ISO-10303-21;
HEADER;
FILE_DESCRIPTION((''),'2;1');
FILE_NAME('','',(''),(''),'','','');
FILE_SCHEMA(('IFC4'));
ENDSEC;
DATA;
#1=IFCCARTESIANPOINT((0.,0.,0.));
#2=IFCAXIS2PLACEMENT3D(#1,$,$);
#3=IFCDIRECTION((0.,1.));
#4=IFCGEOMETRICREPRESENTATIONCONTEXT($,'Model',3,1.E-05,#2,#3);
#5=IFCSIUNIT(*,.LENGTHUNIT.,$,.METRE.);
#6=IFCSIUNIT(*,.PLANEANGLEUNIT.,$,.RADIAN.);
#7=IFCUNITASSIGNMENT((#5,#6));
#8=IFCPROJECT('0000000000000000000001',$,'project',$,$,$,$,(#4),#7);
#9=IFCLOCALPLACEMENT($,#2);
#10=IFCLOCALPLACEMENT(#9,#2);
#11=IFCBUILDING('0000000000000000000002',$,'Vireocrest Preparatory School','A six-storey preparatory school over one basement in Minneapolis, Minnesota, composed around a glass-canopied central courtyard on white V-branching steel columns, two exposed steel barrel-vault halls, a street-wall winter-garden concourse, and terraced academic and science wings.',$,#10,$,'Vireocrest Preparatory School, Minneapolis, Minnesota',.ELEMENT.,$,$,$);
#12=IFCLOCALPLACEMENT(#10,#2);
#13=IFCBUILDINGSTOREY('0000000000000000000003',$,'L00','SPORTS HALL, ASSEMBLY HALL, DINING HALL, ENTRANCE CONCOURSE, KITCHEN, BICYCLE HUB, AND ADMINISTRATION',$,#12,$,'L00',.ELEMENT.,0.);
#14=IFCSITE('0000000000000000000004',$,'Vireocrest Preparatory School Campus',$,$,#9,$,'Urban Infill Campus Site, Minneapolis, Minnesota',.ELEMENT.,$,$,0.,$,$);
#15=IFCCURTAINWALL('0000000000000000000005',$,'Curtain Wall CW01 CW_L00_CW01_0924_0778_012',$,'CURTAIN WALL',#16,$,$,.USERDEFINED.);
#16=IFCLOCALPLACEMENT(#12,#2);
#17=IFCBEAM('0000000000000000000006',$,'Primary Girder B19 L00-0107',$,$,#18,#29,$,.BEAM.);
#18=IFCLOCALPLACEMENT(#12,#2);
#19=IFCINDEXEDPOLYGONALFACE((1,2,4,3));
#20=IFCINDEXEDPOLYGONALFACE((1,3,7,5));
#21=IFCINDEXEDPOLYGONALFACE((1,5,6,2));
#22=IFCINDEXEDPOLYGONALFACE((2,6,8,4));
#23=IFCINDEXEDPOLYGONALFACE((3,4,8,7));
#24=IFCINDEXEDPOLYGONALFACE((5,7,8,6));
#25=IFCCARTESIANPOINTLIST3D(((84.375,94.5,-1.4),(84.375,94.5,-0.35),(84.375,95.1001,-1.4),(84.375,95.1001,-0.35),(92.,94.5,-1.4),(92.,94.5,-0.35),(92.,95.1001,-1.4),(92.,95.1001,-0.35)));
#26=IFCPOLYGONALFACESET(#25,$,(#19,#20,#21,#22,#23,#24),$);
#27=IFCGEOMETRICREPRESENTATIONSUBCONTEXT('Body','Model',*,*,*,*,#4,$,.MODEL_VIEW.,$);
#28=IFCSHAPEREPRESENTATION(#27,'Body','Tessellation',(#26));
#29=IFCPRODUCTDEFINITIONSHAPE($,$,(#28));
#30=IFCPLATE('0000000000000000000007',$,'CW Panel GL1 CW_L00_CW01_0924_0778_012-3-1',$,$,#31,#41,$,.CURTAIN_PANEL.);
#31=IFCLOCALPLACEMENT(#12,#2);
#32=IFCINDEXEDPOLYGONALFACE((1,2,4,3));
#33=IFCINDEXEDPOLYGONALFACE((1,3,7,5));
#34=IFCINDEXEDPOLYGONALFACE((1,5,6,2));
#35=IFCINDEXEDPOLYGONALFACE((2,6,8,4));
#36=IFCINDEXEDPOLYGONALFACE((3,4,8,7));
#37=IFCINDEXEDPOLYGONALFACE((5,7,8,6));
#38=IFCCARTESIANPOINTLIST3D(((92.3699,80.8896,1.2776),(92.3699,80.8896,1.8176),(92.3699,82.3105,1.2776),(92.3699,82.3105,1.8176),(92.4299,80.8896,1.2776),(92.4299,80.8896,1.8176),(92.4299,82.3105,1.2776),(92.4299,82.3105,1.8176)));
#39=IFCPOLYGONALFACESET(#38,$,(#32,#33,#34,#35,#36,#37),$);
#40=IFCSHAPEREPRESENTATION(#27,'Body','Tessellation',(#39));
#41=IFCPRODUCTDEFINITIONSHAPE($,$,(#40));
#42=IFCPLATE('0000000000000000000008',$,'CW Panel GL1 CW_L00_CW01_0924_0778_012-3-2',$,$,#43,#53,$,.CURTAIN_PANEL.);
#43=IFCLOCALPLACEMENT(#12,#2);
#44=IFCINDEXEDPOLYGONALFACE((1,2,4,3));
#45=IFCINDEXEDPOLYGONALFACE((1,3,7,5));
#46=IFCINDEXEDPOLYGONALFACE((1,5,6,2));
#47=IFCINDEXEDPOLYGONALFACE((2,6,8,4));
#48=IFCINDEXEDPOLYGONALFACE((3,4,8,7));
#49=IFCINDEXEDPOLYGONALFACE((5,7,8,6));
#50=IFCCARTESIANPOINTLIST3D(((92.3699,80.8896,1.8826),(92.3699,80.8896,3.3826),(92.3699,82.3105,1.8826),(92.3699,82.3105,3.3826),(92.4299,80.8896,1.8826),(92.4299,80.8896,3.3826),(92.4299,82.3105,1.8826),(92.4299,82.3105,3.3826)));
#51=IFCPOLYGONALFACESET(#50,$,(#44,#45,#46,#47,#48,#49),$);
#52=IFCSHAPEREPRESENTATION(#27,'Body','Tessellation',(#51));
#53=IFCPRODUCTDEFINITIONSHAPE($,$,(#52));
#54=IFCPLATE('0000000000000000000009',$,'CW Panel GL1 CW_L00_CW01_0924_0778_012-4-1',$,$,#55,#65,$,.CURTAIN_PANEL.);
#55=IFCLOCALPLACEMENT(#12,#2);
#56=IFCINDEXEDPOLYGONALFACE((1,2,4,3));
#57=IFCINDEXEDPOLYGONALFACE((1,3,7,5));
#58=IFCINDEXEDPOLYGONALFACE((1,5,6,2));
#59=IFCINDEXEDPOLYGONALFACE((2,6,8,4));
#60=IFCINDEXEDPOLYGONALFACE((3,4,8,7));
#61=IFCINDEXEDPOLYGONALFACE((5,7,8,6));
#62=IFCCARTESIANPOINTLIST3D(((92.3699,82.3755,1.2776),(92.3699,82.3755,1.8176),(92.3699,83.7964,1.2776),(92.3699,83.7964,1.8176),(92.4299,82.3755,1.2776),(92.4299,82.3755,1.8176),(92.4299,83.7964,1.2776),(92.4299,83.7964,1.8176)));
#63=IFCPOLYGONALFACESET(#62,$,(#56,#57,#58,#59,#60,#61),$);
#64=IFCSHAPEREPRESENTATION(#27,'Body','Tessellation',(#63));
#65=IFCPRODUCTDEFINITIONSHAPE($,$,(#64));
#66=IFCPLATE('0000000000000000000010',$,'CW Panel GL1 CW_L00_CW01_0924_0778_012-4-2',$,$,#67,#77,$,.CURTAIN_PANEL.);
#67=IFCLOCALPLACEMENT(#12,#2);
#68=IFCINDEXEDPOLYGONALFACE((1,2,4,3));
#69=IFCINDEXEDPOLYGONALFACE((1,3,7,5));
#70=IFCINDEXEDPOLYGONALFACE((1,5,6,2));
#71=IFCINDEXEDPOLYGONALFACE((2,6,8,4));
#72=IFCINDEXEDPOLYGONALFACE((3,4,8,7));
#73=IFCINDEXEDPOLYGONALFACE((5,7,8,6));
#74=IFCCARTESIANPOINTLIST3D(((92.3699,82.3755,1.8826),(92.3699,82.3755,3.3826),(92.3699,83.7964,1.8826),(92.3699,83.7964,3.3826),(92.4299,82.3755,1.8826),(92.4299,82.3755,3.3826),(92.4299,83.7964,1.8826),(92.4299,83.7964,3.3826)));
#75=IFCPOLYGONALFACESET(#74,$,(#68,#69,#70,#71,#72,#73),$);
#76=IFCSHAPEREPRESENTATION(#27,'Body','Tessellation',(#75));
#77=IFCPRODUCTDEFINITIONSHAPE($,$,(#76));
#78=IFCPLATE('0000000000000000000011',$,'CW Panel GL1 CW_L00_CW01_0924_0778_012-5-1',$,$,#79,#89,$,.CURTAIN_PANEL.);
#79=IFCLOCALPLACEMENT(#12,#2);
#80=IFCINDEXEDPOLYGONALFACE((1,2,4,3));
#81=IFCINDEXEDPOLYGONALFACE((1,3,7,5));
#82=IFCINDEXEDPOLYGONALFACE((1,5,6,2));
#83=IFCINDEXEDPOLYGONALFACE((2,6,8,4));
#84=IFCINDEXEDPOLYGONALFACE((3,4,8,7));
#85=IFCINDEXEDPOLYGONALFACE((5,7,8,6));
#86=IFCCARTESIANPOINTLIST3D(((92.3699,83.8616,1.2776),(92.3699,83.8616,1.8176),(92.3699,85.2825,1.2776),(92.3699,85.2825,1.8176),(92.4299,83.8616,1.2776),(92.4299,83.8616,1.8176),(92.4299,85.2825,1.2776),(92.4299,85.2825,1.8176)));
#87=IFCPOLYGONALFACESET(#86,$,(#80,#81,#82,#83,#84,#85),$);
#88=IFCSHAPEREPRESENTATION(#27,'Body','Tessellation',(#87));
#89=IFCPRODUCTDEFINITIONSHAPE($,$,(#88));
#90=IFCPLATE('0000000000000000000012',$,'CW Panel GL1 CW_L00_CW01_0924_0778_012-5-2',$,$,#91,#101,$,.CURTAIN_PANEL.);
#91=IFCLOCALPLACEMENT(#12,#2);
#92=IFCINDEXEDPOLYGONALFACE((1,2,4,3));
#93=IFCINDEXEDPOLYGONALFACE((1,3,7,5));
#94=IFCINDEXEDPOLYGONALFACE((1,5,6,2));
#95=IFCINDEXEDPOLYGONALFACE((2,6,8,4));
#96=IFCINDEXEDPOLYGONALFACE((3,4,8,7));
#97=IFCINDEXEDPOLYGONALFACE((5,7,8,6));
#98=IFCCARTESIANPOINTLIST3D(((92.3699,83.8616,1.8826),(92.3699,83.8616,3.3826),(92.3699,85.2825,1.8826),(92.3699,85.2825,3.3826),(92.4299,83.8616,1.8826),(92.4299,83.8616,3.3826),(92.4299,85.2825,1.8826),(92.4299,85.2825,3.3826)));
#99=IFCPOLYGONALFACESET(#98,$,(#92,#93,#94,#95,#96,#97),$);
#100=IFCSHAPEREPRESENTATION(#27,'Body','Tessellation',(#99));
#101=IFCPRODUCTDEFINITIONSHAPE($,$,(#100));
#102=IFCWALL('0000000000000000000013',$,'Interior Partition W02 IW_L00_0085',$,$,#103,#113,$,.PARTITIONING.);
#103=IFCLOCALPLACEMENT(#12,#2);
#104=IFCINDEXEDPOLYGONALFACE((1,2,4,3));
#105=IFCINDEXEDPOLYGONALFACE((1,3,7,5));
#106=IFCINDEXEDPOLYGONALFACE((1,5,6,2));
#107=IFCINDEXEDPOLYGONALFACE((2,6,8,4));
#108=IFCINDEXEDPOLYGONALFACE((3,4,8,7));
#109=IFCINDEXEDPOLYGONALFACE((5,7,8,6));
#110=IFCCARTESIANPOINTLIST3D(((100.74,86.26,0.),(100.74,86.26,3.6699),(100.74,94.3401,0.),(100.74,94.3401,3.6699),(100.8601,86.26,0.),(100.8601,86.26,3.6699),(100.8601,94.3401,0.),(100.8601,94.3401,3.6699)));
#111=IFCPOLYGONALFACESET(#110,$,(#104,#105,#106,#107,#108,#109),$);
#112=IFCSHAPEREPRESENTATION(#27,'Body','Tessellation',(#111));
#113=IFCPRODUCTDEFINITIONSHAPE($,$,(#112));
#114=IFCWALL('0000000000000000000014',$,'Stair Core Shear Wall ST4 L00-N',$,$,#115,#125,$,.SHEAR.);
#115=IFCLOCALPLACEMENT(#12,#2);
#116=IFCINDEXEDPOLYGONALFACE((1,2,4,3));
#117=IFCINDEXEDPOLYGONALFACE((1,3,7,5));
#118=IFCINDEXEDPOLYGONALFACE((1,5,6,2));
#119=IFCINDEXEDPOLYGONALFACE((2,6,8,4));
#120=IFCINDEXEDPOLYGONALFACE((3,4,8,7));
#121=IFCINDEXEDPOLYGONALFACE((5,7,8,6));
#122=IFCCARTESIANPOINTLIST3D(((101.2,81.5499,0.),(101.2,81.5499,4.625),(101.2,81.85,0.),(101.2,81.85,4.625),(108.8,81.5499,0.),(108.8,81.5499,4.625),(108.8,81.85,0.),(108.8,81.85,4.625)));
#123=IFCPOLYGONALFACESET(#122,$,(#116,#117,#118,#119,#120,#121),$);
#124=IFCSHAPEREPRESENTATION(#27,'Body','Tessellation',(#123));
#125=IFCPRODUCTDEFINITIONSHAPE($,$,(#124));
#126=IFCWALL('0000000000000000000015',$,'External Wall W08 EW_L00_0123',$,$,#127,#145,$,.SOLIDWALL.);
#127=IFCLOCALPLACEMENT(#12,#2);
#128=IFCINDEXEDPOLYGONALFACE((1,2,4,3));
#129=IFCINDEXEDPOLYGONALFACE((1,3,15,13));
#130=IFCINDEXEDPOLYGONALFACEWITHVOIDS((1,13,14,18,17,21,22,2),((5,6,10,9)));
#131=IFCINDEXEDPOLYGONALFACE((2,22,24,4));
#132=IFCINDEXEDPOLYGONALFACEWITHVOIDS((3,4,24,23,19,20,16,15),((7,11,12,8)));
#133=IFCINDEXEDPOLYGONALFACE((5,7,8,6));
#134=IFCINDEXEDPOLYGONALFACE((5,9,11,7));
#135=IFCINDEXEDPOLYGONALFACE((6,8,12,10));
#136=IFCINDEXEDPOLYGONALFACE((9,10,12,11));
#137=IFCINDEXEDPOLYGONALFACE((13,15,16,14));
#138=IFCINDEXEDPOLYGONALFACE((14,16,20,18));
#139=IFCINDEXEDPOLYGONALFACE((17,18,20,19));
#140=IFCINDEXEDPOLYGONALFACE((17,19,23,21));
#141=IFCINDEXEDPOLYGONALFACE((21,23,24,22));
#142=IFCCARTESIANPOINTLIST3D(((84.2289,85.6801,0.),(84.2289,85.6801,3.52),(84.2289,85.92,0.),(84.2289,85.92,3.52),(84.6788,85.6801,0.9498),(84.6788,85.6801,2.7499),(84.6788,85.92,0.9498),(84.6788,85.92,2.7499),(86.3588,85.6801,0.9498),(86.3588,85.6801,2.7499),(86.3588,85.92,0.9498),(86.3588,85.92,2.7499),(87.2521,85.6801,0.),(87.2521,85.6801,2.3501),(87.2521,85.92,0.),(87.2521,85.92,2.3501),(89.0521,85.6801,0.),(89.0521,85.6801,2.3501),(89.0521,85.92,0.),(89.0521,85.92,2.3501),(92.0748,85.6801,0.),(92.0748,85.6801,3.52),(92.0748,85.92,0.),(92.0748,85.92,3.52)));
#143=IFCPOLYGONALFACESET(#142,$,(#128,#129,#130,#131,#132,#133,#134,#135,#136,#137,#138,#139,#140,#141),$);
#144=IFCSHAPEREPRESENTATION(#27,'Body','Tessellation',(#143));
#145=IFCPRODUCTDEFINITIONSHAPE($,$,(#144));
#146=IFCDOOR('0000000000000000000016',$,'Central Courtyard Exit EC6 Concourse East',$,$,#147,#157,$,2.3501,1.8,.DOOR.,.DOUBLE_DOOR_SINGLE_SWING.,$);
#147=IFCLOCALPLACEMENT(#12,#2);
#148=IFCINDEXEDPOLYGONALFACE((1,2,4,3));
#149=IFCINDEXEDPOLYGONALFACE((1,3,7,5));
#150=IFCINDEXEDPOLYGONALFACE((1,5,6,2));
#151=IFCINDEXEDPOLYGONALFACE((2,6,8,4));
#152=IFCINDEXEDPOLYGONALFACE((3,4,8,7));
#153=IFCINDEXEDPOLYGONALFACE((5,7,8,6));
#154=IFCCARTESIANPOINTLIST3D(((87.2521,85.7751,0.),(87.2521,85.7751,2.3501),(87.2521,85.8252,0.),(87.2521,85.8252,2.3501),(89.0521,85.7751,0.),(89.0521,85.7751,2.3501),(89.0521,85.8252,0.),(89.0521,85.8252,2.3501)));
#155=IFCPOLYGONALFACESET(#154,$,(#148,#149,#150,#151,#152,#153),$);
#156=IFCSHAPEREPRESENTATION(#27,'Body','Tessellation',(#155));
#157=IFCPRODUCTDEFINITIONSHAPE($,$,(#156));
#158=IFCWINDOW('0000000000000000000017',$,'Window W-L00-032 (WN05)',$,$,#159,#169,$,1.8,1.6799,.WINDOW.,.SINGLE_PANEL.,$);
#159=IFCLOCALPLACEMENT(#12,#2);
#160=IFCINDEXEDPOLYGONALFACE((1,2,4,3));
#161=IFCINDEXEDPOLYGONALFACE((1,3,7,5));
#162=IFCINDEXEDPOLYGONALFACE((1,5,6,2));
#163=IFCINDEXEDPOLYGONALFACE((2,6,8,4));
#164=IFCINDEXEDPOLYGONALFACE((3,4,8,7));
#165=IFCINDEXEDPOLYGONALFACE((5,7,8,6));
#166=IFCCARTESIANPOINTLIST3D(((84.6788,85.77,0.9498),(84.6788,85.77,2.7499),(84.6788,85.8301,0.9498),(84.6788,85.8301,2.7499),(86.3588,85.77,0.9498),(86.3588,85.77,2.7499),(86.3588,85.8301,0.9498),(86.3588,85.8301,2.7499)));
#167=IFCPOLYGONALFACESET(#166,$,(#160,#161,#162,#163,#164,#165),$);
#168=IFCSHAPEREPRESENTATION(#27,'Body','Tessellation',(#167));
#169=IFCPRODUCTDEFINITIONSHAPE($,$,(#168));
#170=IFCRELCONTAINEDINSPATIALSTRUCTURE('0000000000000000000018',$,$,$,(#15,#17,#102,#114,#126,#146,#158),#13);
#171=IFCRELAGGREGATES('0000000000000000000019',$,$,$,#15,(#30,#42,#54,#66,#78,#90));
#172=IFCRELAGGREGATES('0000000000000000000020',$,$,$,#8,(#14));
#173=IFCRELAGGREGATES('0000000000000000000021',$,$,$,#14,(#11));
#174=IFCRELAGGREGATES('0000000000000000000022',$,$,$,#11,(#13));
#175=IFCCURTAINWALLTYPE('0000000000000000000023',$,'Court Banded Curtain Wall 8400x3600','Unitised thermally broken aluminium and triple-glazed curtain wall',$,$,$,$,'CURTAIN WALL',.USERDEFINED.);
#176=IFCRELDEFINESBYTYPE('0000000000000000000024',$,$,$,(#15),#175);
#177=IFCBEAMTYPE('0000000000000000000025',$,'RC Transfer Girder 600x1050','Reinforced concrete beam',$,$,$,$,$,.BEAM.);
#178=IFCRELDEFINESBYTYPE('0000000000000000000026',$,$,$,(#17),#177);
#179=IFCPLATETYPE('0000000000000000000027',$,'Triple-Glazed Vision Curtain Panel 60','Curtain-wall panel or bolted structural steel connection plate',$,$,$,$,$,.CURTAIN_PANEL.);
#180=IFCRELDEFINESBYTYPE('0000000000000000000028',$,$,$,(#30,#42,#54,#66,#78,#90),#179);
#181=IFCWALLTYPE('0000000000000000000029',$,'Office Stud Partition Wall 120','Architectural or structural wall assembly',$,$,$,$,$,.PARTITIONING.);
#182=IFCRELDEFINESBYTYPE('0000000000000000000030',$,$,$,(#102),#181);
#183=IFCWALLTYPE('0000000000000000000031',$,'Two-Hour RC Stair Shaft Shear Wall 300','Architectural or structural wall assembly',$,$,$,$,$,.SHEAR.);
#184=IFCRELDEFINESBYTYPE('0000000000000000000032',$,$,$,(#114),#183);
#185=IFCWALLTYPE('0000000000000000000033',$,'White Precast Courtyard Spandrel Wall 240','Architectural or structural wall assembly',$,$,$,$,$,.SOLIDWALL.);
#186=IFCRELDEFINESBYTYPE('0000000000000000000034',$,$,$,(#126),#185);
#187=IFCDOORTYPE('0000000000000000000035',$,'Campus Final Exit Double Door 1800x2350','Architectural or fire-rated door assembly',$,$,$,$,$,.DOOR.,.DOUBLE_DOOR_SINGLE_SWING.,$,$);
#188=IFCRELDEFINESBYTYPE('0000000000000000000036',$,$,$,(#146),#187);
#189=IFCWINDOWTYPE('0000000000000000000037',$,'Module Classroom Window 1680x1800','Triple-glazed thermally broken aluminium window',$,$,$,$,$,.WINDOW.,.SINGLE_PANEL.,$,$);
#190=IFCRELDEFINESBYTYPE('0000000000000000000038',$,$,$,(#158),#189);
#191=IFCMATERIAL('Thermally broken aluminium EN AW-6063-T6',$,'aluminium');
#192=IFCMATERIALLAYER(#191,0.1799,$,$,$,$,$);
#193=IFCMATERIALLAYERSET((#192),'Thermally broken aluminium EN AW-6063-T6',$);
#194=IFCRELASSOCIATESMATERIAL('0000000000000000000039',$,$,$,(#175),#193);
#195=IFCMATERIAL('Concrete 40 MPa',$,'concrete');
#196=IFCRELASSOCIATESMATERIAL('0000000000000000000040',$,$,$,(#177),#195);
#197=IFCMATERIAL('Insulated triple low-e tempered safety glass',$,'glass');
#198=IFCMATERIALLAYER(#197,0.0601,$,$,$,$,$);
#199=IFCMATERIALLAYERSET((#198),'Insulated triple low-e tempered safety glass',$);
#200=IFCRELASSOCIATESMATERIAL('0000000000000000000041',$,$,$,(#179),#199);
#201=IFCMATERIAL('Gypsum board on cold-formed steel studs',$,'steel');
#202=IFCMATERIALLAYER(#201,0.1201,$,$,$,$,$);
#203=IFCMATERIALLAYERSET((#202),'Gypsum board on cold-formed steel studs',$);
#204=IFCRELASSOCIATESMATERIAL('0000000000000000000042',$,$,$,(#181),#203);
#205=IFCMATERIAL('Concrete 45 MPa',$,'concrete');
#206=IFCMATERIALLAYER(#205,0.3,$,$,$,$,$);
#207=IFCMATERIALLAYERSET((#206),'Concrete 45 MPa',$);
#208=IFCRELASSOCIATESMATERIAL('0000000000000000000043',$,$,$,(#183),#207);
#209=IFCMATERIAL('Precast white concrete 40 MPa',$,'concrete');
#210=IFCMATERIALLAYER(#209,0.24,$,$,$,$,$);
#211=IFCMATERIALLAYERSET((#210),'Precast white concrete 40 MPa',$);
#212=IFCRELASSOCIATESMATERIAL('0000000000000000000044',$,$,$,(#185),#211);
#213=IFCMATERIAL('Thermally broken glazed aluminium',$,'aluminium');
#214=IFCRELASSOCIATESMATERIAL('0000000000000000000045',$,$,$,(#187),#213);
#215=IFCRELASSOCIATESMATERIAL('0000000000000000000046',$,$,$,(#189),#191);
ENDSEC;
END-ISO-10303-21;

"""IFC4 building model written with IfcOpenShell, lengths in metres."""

from ifc_helpers import new_model, si_unit, direction, frame, frame_2d, origin, origin_2d, place, context, subcontext, project, spatial, rectangle, extrude, material, layer, layer_set, material_profile, profile_set, type_object, element, fill, aggregate, save


model = new_model("IFC4")

# Units and contexts
model_context = context("Model", 3, precision=1e-05, world=origin(), true_north=direction((0.0, 1.0)))
body_context = subcontext(model_context, "Body", "Model", "MODEL_VIEW")
ifc_project = project(units=[si_unit("LENGTHUNIT", "METRE"), si_unit("PLANEANGLEUNIT", "RADIAN")], contexts=[model_context])

# Site, building, storey
site_placement = place(None, origin())
site = spatial("IfcSite", under=ifc_project, at=site_placement, Name="Vireocrest Preparatory School Campus", LongName="Urban Infill Campus Site, Minneapolis, Minnesota", CompositionType="ELEMENT", RefElevation=0.0)
building_placement = place(site_placement, origin())
building = spatial("IfcBuilding", under=site, at=building_placement, Name="Vireocrest Preparatory School", Description="A six-storey preparatory school over one basement in Minneapolis, Minnesota, composed around a glass-canopied central courtyard on white V-branching steel columns, two exposed steel barrel-vault halls, a street-wall winter-garden concourse, and terraced academic and science wings.", LongName="Vireocrest Preparatory School, Minneapolis, Minnesota", CompositionType="ELEMENT")
storey_placement = place(building_placement, origin())
storey = spatial("IfcBuildingStorey", under=building, at=storey_placement, Name="L00", Description="SPORTS HALL, ASSEMBLY HALL, DINING HALL, ENTRANCE CONCOURSE, KITCHEN, BICYCLE HUB, AND ADMINISTRATION", LongName="L00", CompositionType="ELEMENT", Elevation=0.0)

# Shared definitions
ifc_material_1 = material(Name="Concrete 45 MPa", Category="concrete")

# Curtain wall
ifc_material_2 = material(Name="Thermally broken aluminium EN AW-6063-T6", Category="aluminium")
ifc_layer_1 = layer(ifc_material_2, 0.1799)
ifc_layer_set_1 = layer_set([ifc_layer_1], Name="Thermally broken aluminium EN AW-6063-T6")
curtain_wall_type = type_object("IfcCurtainWallType", Name="Court Banded Curtain Wall 8400x3600", Description="Unitised thermally broken aluminium and triple-glazed curtain wall", ElementType="CURTAIN WALL", PredefinedType="USERDEFINED", material=ifc_layer_set_1)
curtain_wall_placement = place(storey_placement, origin())
curtain_wall = element("IfcCurtainWall", 1, at=curtain_wall_placement, inside=storey, type_object=curtain_wall_type, Name="Curtain Wall CW01 CW_L00_CW01_0924_0778_012", ObjectType="CURTAIN WALL", PredefinedType="USERDEFINED")

# Beam
ifc_material_3 = material(Name="Concrete 40 MPa", Category="concrete")
ifc_material_profile_1 = material_profile(ifc_material_3, rectangle(XDim=0.6001, YDim=1.05, at=origin_2d()), Name="RC 600x1050")
ifc_profile_set_1 = profile_set([ifc_material_profile_1], Name="Concrete 40 MPa")
beam_type_1 = type_object("IfcBeamType", Name="RC Transfer Girder 600x1050", Description="Reinforced concrete beam", PredefinedType="BEAM", material=ifc_profile_set_1)
beam_1_placement = place(storey_placement, frame((84.375, 94.8, -0.875), z_axis=(1.0, 0.0, 0.0), x_axis=(0.0, 1.0, 0.0)))
element("IfcBeam", 2, at=beam_1_placement, inside=storey, type_object=beam_type_1, Name="Primary Girder B19 L00-0107", PredefinedType="BEAM", context=body_context, shape_type="SweptSolid", body=[
    extrude(rectangle(XDim=0.6001, YDim=1.05, at=origin_2d()), origin(), (0.0, 0.0, 1.0), 7.625),
])

# Plates
ifc_material_4 = material(Name="Insulated triple low-e tempered safety glass", Category="glass")
ifc_layer_2 = layer(ifc_material_4, 0.0601)
ifc_layer_set_2 = layer_set([ifc_layer_2], Name="Insulated triple low-e tempered safety glass")
plate_type = type_object("IfcPlateType", Name="Triple-Glazed Vision Curtain Panel 60", Description="Curtain-wall panel or bolted structural steel connection plate", PredefinedType="CURTAIN_PANEL", material=ifc_layer_set_2)
plate_1_placement = place(storey_placement, frame((92.3999, 81.6001, 1.2776), z_axis=(0.0, 0.0, 1.0), x_axis=(0.0, 1.0, 0.0)))
plate_1 = element("IfcPlate", 3, at=plate_1_placement, type_object=plate_type, Name="CW Panel GL1 CW_L00_CW01_0924_0778_012-3-1", PredefinedType="CURTAIN_PANEL", context=body_context, shape_type="SweptSolid", body=[
    extrude(rectangle(XDim=1.4209, YDim=0.0601, at=origin_2d()), origin(), (0.0, 0.0, 1.0), 0.54),
])
plate_2_placement = place(storey_placement, frame((92.3999, 81.6001, 1.8826), z_axis=(0.0, 0.0, 1.0), x_axis=(0.0, 1.0, 0.0)))
plate_2 = element("IfcPlate", 4, at=plate_2_placement, type_object=plate_type, Name="CW Panel GL1 CW_L00_CW01_0924_0778_012-3-2", PredefinedType="CURTAIN_PANEL", context=body_context, shape_type="SweptSolid", body=[
    extrude(rectangle(XDim=1.4209, YDim=0.0601, at=origin_2d()), origin(), (0.0, 0.0, 1.0), 1.5),
])
plate_3_placement = place(storey_placement, frame((92.3999, 83.0859, 1.2776), z_axis=(0.0, 0.0, 1.0), x_axis=(0.0, 1.0, 0.0)))
plate_3 = element("IfcPlate", 5, at=plate_3_placement, type_object=plate_type, Name="CW Panel GL1 CW_L00_CW01_0924_0778_012-4-1", PredefinedType="CURTAIN_PANEL", context=body_context, shape_type="SweptSolid", body=[
    extrude(rectangle(XDim=1.4209, YDim=0.0601, at=origin_2d()), origin(), (0.0, 0.0, 1.0), 0.54),
])
plate_4_placement = place(storey_placement, frame((92.3999, 83.0859, 1.8826), z_axis=(0.0, 0.0, 1.0), x_axis=(0.0, 1.0, 0.0)))
plate_4 = element("IfcPlate", 6, at=plate_4_placement, type_object=plate_type, Name="CW Panel GL1 CW_L00_CW01_0924_0778_012-4-2", PredefinedType="CURTAIN_PANEL", context=body_context, shape_type="SweptSolid", body=[
    extrude(rectangle(XDim=1.4209, YDim=0.0601, at=origin_2d()), origin(), (0.0, 0.0, 1.0), 1.5),
])
plate_5_placement = place(storey_placement, frame((92.3999, 84.572, 1.2776), z_axis=(0.0, 0.0, 1.0), x_axis=(0.0, 1.0, 0.0)))
plate_5 = element("IfcPlate", 7, at=plate_5_placement, type_object=plate_type, Name="CW Panel GL1 CW_L00_CW01_0924_0778_012-5-1", PredefinedType="CURTAIN_PANEL", context=body_context, shape_type="SweptSolid", body=[
    extrude(rectangle(XDim=1.4209, YDim=0.0601, at=origin_2d()), origin(), (0.0, 0.0, 1.0), 0.54),
])
plate_6_placement = place(storey_placement, frame((92.3999, 84.572, 1.8826), z_axis=(0.0, 0.0, 1.0), x_axis=(0.0, 1.0, 0.0)))
plate_6 = element("IfcPlate", 8, at=plate_6_placement, type_object=plate_type, Name="CW Panel GL1 CW_L00_CW01_0924_0778_012-5-2", PredefinedType="CURTAIN_PANEL", context=body_context, shape_type="SweptSolid", body=[
    extrude(rectangle(XDim=1.4209, YDim=0.0601, at=origin_2d()), origin(), (0.0, 0.0, 1.0), 1.5),
])
aggregate(curtain_wall, [plate_1, plate_2, plate_3, plate_4, plate_5, plate_6])

# Walls
ifc_material_5 = material(Name="Gypsum board on cold-formed steel studs", Category="steel")
ifc_layer_3 = layer(ifc_material_5, 0.1201)
ifc_layer_set_3 = layer_set([ifc_layer_3], Name="Gypsum board on cold-formed steel studs")
wall_type_1 = type_object("IfcWallType", Name="Office Stud Partition Wall 120", Description="Architectural or structural wall assembly", PredefinedType="PARTITIONING", material=ifc_layer_set_3)
wall_1_placement = place(storey_placement, frame((100.8, 86.26, 0.0), z_axis=(0.0, 0.0, 1.0), x_axis=(0.0, 1.0, 0.0)))
element("IfcWall", 9, at=wall_1_placement, inside=storey, type_object=wall_type_1, Name="Interior Partition W02 IW_L00_0085", PredefinedType="PARTITIONING", context=body_context, shape_type="SweptSolid", body=[
    extrude(rectangle(XDim=8.0801, YDim=0.1201, at=frame_2d((4.04, 0.0))), origin(), (0.0, 0.0, 1.0), 3.6699),
])
ifc_layer_4 = layer(ifc_material_1, 0.3)
ifc_layer_set_4 = layer_set([ifc_layer_4], Name="Concrete 45 MPa")
wall_type_2 = type_object("IfcWallType", Name="Two-Hour RC Stair Shaft Shear Wall 300", Description="Architectural or structural wall assembly", PredefinedType="SHEAR", material=ifc_layer_set_4)
wall_2_placement = place(storey_placement, frame((101.2, 81.7, 0.0), z_axis=(0.0, 0.0, 1.0), x_axis=(1.0, 0.0, 0.0)))
element("IfcWall", 10, at=wall_2_placement, inside=storey, type_object=wall_type_2, Name="Stair Core Shear Wall ST4 L00-N", PredefinedType="SHEAR", context=body_context, shape_type="SweptSolid", body=[
    extrude(rectangle(XDim=7.6001, YDim=0.3, at=frame_2d((3.8, 0.0))), origin(), (0.0, 0.0, 1.0), 4.625),
])

# Wall, openings, door, window
ifc_material_6 = material(Name="Precast white concrete 40 MPa", Category="concrete")
ifc_layer_5 = layer(ifc_material_6, 0.24)
ifc_layer_set_5 = layer_set([ifc_layer_5], Name="Precast white concrete 40 MPa")
wall_type_3 = type_object("IfcWallType", Name="White Precast Courtyard Spandrel Wall 240", Description="Architectural or structural wall assembly", PredefinedType="SOLIDWALL", material=ifc_layer_set_5)
wall_3_placement = place(storey_placement, frame((84.229, 85.8, 0.0), z_axis=(0.0, 0.0, 1.0), x_axis=(1.0, 0.0, 0.0)))
wall_3 = element("IfcWall", 11, at=wall_3_placement, inside=storey, type_object=wall_type_3, Name="External Wall W08 EW_L00_0123", PredefinedType="SOLIDWALL", context=body_context, shape_type="SweptSolid", body=[
    extrude(rectangle(XDim=7.8459, YDim=0.24, at=frame_2d((3.9229, 0.0))), origin(), (0.0, 0.0, 1.0), 3.52),
])
opening_1_placement = place(wall_3_placement, frame((4.823, 0.0, 0.0), z_axis=(0.0, 0.0, 1.0), x_axis=(-1.0, 0.0, 0.0)))
opening_1 = element("IfcOpeningElement", 12, at=opening_1_placement, cuts=wall_3, PredefinedType="OPENING", context=body_context, shape_type="SweptSolid", body=[
    extrude(rectangle(XDim=1.8, YDim=2.3501, at=frame_2d((0.8999, 1.175))), frame((0.0, 0.1299, 0.0), z_axis=(0.0, -1.0, 0.0), x_axis=(1.0, 0.0, 0.0)), (0.0, 0.0, 1.0), 0.26),
])
opening_2_placement = place(wall_3_placement, frame((0.45, 0.0, 0.95)))
opening_2 = element("IfcOpeningElement", 13, at=opening_2_placement, cuts=wall_3, PredefinedType="OPENING", context=body_context, shape_type="SweptSolid", body=[
    extrude(rectangle(XDim=1.6799, YDim=1.8, at=frame_2d((0.8398, 0.8999))), frame((0.0, 0.1299, 0.0), z_axis=(0.0, -1.0, 0.0), x_axis=(1.0, 0.0, 0.0)), (0.0, 0.0, 1.0), 0.26),
])
ifc_material_7 = material(Name="Thermally broken glazed aluminium", Category="aluminium")
door_type = type_object("IfcDoorType", Name="Campus Final Exit Double Door 1800x2350", Description="Architectural or fire-rated door assembly", OperationType="DOUBLE_DOOR_SINGLE_SWING", PredefinedType="DOOR", material=ifc_material_7)
door_placement = place(opening_1_placement, origin())
door = element("IfcDoor", 14, at=door_placement, inside=storey, type_object=door_type, Name="Central Courtyard Exit EC6 Concourse East", OperationType="DOUBLE_DOOR_SINGLE_SWING", OverallHeight=2.3501, OverallWidth=1.8, PredefinedType="DOOR", context=body_context, shape_type="SweptSolid", body=[
    extrude(rectangle(XDim=1.8, YDim=2.3501, at=frame_2d((0.8999, 1.175))), frame((0.0, 0.0249, 0.0), z_axis=(0.0, -1.0, 0.0), x_axis=(1.0, 0.0, 0.0)), (0.0, 0.0, 1.0), 0.05),
])
fill(opening_1, door)
window_type = type_object("IfcWindowType", Name="Module Classroom Window 1680x1800", Description="Triple-glazed thermally broken aluminium window", PartitioningType="SINGLE_PANEL", PredefinedType="WINDOW", material=ifc_material_2)
window_placement = place(opening_2_placement, origin())
window = element("IfcWindow", 15, at=window_placement, inside=storey, type_object=window_type, Name="Window W-L00-032 (WN05)", OverallHeight=1.8, OverallWidth=1.6799, PartitioningType="SINGLE_PANEL", PredefinedType="WINDOW", context=body_context, shape_type="SweptSolid", body=[
    extrude(rectangle(XDim=1.6799, YDim=1.8, at=frame_2d((0.8398, 0.8999))), frame((0.0, 0.03, 0.0), z_axis=(0.0, -1.0, 0.0), x_axis=(1.0, 0.0, 0.0)), (0.0, 0.0, 1.0), 0.0601),
])
fill(opening_2, window)

save(model, "model.ifc")
